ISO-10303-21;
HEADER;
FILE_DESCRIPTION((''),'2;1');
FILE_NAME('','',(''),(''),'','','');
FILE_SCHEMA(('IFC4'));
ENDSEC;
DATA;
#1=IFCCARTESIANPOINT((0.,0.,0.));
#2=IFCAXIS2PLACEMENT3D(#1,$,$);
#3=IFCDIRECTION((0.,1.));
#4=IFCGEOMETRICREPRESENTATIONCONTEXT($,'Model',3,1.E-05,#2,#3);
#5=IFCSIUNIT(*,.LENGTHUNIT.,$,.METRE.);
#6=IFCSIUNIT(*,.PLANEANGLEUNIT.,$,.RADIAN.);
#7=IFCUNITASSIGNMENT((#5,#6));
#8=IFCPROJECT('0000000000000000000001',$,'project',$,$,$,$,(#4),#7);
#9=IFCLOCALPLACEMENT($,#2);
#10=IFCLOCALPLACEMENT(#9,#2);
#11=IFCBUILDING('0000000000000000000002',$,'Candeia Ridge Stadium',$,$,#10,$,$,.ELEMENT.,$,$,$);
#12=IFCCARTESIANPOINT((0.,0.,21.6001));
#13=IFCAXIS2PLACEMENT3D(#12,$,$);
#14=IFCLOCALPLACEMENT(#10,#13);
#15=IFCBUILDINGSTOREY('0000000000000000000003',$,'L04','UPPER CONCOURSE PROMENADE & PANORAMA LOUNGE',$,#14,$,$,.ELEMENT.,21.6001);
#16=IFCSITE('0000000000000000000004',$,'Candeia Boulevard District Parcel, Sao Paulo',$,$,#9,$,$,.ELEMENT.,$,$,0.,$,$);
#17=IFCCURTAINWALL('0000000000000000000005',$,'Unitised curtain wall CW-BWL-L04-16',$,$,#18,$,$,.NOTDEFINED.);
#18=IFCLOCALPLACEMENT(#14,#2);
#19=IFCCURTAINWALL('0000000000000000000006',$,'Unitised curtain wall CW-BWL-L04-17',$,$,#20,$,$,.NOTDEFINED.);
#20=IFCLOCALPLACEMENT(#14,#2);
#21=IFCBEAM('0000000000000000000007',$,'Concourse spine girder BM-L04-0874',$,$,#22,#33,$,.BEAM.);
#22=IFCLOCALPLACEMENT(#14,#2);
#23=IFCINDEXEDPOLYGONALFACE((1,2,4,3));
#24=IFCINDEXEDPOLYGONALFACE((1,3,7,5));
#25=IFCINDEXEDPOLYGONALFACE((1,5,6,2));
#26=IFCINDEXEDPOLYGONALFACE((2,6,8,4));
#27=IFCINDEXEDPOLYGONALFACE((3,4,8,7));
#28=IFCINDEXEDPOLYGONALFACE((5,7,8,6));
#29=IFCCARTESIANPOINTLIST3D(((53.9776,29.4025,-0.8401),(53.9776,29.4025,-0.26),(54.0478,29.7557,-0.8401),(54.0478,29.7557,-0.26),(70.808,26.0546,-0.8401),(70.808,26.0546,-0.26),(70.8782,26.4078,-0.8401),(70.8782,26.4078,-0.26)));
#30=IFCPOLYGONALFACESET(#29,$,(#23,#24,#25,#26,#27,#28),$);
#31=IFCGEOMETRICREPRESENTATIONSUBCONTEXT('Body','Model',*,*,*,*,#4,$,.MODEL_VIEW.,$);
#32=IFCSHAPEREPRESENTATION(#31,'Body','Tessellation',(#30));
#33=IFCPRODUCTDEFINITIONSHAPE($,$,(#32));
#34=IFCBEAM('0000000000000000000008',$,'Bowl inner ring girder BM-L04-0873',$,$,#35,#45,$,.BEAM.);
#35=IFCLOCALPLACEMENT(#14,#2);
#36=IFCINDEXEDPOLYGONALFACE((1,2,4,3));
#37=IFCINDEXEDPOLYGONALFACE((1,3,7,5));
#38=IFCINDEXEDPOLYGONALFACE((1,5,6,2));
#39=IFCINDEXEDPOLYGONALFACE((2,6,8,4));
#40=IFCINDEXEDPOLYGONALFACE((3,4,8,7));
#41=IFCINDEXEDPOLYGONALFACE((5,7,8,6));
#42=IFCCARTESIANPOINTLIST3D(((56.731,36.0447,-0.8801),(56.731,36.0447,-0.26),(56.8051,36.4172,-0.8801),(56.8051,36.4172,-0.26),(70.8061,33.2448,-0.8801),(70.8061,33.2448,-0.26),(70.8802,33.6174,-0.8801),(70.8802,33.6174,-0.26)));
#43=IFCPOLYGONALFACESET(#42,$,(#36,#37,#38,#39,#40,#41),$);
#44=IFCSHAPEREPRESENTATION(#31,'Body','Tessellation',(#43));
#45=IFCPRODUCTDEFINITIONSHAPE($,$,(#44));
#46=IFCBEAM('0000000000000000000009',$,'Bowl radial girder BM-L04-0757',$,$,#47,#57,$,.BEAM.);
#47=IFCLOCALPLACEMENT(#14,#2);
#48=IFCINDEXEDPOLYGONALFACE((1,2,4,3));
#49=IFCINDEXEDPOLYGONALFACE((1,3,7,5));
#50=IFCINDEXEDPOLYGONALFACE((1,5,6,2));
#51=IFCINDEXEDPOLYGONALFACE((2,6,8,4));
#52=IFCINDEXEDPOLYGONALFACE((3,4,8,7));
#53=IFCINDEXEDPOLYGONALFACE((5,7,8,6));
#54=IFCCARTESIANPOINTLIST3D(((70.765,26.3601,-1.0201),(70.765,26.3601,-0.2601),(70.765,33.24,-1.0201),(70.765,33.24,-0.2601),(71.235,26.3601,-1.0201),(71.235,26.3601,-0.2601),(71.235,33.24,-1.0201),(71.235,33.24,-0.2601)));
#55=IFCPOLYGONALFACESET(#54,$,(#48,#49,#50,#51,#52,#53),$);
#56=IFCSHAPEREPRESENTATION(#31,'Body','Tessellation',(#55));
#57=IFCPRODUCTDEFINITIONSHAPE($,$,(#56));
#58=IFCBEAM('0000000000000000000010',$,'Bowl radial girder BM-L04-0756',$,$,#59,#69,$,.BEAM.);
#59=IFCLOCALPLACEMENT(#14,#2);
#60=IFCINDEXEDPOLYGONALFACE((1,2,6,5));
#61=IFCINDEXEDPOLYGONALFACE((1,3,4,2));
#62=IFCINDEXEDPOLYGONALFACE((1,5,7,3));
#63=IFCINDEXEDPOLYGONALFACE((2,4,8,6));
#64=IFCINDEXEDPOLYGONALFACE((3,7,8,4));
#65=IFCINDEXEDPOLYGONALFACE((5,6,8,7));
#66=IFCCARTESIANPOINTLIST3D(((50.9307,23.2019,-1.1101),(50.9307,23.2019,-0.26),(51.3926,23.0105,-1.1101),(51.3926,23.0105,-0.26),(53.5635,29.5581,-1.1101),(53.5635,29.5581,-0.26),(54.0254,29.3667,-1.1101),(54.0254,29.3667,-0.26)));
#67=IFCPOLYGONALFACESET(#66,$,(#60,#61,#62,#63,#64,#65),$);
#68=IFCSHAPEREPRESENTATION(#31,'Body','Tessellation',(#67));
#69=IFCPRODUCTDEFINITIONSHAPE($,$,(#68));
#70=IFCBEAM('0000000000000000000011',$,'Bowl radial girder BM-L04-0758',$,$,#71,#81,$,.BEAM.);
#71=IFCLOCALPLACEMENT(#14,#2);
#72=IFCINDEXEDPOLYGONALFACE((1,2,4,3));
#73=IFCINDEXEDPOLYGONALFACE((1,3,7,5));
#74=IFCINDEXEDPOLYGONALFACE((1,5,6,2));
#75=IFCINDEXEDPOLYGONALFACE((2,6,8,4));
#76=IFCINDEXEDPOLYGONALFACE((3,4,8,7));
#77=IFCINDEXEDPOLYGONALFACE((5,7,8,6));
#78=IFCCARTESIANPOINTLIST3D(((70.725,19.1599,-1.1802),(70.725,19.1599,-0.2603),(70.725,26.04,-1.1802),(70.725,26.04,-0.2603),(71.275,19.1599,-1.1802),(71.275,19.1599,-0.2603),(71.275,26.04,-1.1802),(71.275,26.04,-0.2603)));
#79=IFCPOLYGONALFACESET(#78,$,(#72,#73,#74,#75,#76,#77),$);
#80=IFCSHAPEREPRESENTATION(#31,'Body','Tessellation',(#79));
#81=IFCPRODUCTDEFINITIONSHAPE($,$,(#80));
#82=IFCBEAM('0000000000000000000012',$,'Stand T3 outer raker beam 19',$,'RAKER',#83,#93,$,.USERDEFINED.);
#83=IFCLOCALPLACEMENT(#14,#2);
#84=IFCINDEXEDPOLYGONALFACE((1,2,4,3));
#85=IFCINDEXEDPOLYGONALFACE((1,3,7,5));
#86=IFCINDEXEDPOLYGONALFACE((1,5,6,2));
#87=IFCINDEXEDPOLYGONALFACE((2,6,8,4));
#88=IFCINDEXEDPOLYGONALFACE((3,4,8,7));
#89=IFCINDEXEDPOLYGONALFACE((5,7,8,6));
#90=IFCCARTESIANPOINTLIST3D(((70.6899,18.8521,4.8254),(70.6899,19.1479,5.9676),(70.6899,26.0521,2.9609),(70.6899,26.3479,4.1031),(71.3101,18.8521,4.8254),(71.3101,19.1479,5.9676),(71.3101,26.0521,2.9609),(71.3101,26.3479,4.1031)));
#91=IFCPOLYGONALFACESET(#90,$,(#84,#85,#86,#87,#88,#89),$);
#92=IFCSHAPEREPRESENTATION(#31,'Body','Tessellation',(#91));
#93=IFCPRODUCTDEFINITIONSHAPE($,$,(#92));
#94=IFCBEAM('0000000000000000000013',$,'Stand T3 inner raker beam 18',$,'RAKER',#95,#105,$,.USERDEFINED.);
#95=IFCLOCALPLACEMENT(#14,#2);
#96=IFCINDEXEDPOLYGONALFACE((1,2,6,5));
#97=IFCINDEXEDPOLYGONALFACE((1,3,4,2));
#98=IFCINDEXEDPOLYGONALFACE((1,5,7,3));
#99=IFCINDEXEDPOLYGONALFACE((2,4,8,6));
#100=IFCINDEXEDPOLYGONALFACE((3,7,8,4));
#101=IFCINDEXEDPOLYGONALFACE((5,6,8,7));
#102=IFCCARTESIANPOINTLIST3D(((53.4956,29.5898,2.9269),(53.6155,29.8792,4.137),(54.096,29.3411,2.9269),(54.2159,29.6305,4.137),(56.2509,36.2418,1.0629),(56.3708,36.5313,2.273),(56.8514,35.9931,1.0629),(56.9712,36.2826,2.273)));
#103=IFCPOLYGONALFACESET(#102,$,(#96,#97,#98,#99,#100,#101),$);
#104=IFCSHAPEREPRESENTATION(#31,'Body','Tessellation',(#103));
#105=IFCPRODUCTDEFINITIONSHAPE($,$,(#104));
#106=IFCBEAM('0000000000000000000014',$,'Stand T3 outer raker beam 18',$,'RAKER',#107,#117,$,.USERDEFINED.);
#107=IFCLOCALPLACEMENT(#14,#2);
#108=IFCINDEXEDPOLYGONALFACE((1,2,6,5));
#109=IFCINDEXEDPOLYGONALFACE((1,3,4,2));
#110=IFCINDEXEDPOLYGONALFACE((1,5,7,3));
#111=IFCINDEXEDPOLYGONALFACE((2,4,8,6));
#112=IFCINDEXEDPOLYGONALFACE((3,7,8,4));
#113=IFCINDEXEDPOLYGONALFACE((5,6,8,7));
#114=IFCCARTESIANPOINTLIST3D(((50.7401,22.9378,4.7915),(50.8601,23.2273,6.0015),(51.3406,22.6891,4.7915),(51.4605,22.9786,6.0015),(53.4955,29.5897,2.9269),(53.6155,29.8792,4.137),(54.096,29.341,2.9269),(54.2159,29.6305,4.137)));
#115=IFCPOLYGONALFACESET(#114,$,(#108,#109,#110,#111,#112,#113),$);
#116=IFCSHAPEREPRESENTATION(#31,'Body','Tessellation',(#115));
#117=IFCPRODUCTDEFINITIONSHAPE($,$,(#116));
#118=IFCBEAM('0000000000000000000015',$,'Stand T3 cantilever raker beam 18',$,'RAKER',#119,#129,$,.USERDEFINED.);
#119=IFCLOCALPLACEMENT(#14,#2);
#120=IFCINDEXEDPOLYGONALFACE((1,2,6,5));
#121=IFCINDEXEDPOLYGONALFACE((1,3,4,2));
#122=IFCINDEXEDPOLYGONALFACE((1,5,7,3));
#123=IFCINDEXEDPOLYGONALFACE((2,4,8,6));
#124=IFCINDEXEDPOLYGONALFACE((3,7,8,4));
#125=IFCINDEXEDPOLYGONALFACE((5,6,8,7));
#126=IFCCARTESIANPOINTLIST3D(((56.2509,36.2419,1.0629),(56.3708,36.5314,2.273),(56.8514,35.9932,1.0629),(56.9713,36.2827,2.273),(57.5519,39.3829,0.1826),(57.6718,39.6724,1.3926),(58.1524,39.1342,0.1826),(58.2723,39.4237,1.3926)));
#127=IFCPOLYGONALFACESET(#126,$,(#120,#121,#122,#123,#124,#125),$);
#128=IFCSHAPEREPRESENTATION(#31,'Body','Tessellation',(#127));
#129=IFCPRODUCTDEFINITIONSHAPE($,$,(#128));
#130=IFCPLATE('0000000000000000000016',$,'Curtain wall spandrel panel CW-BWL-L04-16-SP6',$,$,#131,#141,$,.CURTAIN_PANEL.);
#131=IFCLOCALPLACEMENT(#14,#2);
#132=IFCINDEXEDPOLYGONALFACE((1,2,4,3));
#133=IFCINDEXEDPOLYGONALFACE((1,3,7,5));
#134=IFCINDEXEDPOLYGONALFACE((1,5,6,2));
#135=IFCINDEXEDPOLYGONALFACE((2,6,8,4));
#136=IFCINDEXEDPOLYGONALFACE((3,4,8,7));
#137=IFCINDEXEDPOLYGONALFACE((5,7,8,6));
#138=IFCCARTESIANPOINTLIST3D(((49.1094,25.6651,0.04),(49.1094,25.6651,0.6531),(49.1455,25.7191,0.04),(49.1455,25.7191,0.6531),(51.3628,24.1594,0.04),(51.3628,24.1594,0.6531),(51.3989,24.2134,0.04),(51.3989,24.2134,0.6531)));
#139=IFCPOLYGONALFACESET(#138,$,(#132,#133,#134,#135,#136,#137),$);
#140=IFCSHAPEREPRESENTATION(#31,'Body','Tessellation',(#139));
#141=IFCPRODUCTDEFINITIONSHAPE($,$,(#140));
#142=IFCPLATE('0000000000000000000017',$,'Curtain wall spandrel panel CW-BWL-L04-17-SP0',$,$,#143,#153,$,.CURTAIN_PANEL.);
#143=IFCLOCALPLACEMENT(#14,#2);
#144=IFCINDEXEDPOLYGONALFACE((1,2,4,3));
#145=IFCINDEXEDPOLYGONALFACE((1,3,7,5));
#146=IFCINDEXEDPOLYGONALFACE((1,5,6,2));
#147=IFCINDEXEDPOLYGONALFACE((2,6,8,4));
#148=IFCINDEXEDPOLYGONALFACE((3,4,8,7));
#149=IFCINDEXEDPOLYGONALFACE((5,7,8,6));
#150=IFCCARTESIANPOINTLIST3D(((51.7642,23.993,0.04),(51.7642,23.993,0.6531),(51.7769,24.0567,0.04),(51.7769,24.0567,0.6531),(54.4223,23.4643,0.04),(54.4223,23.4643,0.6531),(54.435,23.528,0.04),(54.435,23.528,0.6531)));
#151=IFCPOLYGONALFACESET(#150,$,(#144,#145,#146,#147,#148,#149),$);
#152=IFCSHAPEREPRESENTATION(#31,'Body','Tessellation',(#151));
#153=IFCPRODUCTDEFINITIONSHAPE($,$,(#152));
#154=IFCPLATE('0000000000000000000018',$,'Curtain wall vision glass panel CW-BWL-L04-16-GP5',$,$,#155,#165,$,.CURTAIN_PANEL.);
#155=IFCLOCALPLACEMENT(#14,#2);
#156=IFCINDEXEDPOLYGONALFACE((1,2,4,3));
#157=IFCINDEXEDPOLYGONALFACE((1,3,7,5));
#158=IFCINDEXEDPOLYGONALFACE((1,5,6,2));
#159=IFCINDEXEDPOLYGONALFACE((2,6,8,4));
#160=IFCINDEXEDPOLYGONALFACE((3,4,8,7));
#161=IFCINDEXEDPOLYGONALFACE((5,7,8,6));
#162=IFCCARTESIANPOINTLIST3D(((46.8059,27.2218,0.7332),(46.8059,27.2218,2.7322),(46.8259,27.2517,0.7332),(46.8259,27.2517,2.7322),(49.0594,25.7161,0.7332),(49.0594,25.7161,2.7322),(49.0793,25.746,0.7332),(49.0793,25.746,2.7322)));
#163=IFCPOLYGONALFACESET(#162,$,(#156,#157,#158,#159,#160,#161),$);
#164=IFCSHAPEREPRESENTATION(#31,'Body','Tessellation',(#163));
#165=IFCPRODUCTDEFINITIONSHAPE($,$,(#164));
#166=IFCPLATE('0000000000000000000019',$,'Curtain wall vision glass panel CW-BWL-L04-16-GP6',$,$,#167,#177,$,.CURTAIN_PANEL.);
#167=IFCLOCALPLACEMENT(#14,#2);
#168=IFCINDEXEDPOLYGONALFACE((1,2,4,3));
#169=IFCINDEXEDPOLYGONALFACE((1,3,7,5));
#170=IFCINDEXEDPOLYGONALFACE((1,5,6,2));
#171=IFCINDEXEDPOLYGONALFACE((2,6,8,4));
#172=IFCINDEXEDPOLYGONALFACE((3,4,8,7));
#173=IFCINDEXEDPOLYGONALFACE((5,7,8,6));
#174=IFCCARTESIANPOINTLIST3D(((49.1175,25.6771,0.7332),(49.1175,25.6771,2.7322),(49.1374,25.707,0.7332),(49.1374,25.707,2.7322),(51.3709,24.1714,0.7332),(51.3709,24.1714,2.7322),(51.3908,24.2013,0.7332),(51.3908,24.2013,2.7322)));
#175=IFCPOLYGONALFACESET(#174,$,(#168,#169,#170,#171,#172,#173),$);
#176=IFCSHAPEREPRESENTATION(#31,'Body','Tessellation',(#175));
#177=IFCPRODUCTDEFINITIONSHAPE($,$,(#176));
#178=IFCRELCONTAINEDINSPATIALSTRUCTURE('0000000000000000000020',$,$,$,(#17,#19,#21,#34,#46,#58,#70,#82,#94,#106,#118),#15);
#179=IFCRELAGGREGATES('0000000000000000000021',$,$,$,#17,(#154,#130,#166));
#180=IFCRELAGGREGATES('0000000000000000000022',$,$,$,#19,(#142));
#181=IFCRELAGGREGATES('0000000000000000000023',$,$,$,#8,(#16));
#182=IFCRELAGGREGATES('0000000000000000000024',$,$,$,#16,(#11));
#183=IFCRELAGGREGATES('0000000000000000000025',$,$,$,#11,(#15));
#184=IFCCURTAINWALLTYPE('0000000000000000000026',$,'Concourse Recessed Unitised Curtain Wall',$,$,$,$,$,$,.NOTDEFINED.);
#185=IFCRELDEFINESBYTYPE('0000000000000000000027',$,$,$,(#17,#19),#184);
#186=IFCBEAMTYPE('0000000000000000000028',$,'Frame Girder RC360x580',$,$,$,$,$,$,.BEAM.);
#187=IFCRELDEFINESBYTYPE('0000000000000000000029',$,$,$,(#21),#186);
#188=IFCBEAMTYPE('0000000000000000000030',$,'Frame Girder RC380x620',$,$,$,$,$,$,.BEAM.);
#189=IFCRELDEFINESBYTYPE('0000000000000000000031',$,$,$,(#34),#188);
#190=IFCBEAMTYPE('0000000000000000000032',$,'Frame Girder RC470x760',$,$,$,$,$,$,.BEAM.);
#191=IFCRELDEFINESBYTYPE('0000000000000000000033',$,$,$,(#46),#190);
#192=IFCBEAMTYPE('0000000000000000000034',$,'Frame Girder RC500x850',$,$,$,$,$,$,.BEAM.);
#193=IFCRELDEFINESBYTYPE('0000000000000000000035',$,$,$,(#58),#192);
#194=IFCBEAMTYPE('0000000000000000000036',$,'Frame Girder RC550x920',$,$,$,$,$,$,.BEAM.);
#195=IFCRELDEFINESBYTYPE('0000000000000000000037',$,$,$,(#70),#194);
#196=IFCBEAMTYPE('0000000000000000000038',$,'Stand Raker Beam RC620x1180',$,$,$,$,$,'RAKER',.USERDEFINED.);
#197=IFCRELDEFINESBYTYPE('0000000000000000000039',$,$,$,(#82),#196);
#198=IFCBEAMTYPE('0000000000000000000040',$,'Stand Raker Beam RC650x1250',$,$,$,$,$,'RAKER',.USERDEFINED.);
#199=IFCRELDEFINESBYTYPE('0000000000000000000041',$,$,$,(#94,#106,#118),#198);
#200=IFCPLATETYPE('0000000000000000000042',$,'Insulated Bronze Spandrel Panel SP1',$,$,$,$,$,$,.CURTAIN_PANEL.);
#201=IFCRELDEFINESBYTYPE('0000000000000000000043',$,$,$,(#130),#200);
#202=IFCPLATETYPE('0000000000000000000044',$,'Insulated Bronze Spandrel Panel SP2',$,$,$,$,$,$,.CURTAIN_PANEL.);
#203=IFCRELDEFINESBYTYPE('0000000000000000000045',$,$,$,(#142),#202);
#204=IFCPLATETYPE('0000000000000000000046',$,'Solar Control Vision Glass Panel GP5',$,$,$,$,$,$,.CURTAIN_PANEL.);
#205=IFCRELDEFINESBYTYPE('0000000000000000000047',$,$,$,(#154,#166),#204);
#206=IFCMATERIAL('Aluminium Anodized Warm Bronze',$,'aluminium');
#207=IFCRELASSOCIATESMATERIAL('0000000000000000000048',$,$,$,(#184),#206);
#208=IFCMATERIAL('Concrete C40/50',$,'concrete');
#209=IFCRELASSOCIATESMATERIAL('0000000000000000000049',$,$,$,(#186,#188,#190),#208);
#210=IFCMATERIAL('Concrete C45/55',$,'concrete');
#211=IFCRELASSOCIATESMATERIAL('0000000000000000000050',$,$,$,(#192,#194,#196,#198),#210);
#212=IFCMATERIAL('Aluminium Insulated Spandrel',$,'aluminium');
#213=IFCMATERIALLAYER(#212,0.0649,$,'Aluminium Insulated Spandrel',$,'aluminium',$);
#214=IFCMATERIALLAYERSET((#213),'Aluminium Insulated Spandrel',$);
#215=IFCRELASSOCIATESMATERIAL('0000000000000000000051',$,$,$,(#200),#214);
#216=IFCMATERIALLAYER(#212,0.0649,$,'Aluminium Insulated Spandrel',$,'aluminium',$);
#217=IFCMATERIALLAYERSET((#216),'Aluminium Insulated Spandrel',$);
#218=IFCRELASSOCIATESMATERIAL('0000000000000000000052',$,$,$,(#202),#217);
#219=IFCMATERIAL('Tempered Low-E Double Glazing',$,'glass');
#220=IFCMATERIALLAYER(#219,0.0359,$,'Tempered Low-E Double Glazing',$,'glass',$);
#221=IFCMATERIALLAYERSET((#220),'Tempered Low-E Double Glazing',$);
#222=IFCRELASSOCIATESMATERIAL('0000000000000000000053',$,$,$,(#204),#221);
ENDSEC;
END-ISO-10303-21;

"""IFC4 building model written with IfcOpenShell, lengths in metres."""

from ifc_helpers import new_model, si_unit, direction, frame, origin, origin_2d, place, context, subcontext, project, spatial, rectangle, extrude, material, layer, layer_set, material_profile, profile_set, type_object, element, aggregate, save


model = new_model("IFC4")

# Units and contexts
model_context = context("Model", 3, precision=1e-05, world=origin(), true_north=direction((0.0, 1.0)))
body_context = subcontext(model_context, "Body", "Model", "MODEL_VIEW")
ifc_project = project(units=[si_unit("LENGTHUNIT", "METRE"), si_unit("PLANEANGLEUNIT", "RADIAN")], contexts=[model_context])

# Site, building, storey
site_placement = place(None, origin())
site = spatial("IfcSite", under=ifc_project, at=site_placement, Name="Candeia Boulevard District Parcel, Sao Paulo", CompositionType="ELEMENT", RefElevation=0.0)
building_placement = place(site_placement, origin())
building = spatial("IfcBuilding", under=site, at=building_placement, Name="Candeia Ridge Stadium", CompositionType="ELEMENT")
storey_placement = place(building_placement, frame((0.0, 0.0, 21.6001)))
storey = spatial("IfcBuildingStorey", under=building, at=storey_placement, Name="L04", Description="UPPER CONCOURSE PROMENADE & PANORAMA LOUNGE", CompositionType="ELEMENT", Elevation=21.6001)

# Shared definitions
ifc_material_1 = material(Name="Concrete C45/55", Category="concrete")

# Curtain walls
ifc_material_2 = material(Name="Aluminium Anodized Warm Bronze", Category="aluminium")
curtain_wall_type = type_object("IfcCurtainWallType", Name="Concourse Recessed Unitised Curtain Wall", PredefinedType="NOTDEFINED", material=ifc_material_2)
curtain_wall_1_placement = place(storey_placement, origin())
curtain_wall_1 = element("IfcCurtainWall", 1, at=curtain_wall_1_placement, inside=storey, type_object=curtain_wall_type, Name="Unitised curtain wall CW-BWL-L04-16", PredefinedType="NOTDEFINED")
curtain_wall_2_placement = place(storey_placement, origin())
curtain_wall_2 = element("IfcCurtainWall", 2, at=curtain_wall_2_placement, inside=storey, type_object=curtain_wall_type, Name="Unitised curtain wall CW-BWL-L04-17", PredefinedType="NOTDEFINED")

# Beams
ifc_material_3 = material(Name="Concrete C40/50", Category="concrete")
ifc_material_profile_1 = material_profile(ifc_material_3, rectangle(XDim=0.3601, YDim=0.5801, at=origin_2d()), Name="RC360x580", Category="concrete")
ifc_profile_set_1 = profile_set([ifc_material_profile_1], Name="Concrete C40/50")
beam_type_1 = type_object("IfcBeamType", Name="Frame Girder RC360x580", PredefinedType="BEAM", material=ifc_profile_set_1)
beam_1_placement = place(storey_placement, frame((54.0127, 29.5791, -0.55), z_axis=(0.980784, -0.195098, 0.0), x_axis=(0.195098, 0.980784, 0.0)))
element("IfcBeam", 3, at=beam_1_placement, inside=storey, type_object=beam_type_1, Name="Concourse spine girder BM-L04-0874", PredefinedType="BEAM", context=body_context, shape_type="SweptSolid", body=[
    extrude(rectangle(XDim=0.3601, YDim=0.5801, at=origin_2d()), origin(), (0.0, 0.0, 1.0), 17.1602),
])
ifc_material_profile_2 = material_profile(ifc_material_3, rectangle(XDim=0.3799, YDim=0.6201, at=origin_2d()), Name="RC380x620", Category="concrete")
ifc_profile_set_2 = profile_set([ifc_material_profile_2], Name="Concrete C40/50")
beam_type_2 = type_object("IfcBeamType", Name="Frame Girder RC380x620", PredefinedType="BEAM", material=ifc_profile_set_2)
beam_2_placement = place(storey_placement, frame((56.7681, 36.231, -0.5701), z_axis=(0.980784, -0.195099, 0.0), x_axis=(0.195099, 0.980784, 0.0)))
element("IfcBeam", 4, at=beam_2_placement, inside=storey, type_object=beam_type_2, Name="Bowl inner ring girder BM-L04-0873", PredefinedType="BEAM", context=body_context, shape_type="SweptSolid", body=[
    extrude(rectangle(XDim=0.3799, YDim=0.6201, at=origin_2d()), origin(), (0.0, 0.0, 1.0), 14.3508),
])
ifc_material_profile_3 = material_profile(ifc_material_3, rectangle(XDim=0.47, YDim=0.76, at=origin_2d()), Name="RC470x760", Category="concrete")
ifc_profile_set_3 = profile_set([ifc_material_profile_3], Name="Concrete C40/50")
beam_type_3 = type_object("IfcBeamType", Name="Frame Girder RC470x760", PredefinedType="BEAM", material=ifc_profile_set_3)
beam_3_placement = place(storey_placement, frame((71.0, 33.24, -0.6401), z_axis=(0.0, -1.0, 0.0), x_axis=(1.0, 0.0, 0.0)))
element("IfcBeam", 5, at=beam_3_placement, inside=storey, type_object=beam_type_3, Name="Bowl radial girder BM-L04-0757", PredefinedType="BEAM", context=body_context, shape_type="SweptSolid", body=[
    extrude(rectangle(XDim=0.47, YDim=0.76, at=origin_2d()), origin(), (0.0, 0.0, 1.0), 6.8799),
])
ifc_material_profile_4 = material_profile(ifc_material_1, rectangle(XDim=0.5, YDim=0.8501, at=origin_2d()), Name="RC500x850", Category="concrete")
ifc_profile_set_4 = profile_set([ifc_material_profile_4], Name="Concrete C45/55")
beam_type_4 = type_object("IfcBeamType", Name="Frame Girder RC500x850", PredefinedType="BEAM", material=ifc_profile_set_4)
beam_4_placement = place(storey_placement, frame((53.7944, 29.4624, -0.6851), z_axis=(-0.382682, -0.92388, 0.0), x_axis=(0.92388, -0.382682, 0.0)))
element("IfcBeam", 6, at=beam_4_placement, inside=storey, type_object=beam_type_4, Name="Bowl radial girder BM-L04-0756", PredefinedType="BEAM", context=body_context, shape_type="SweptSolid", body=[
    extrude(rectangle(XDim=0.5, YDim=0.8501, at=origin_2d()), origin(), (0.0, 0.0, 1.0), 6.8799),
])
ifc_material_profile_5 = material_profile(ifc_material_1, rectangle(XDim=0.55, YDim=0.9199, at=origin_2d()), Name="RC550x920", Category="concrete")
ifc_profile_set_5 = profile_set([ifc_material_profile_5], Name="Concrete C45/55")
beam_type_5 = type_object("IfcBeamType", Name="Frame Girder RC550x920", PredefinedType="BEAM", material=ifc_profile_set_5)
beam_5_placement = place(storey_placement, frame((71.0, 26.04, -0.7202), z_axis=(0.0, -1.0, 0.0), x_axis=(1.0, 0.0, 0.0)))
element("IfcBeam", 7, at=beam_5_placement, inside=storey, type_object=beam_type_5, Name="Bowl radial girder BM-L04-0758", PredefinedType="BEAM", context=body_context, shape_type="SweptSolid", body=[
    extrude(rectangle(XDim=0.55, YDim=0.9199, at=origin_2d()), origin(), (0.0, 0.0, 1.0), 6.8801),
])
ifc_material_profile_6 = material_profile(ifc_material_1, rectangle(XDim=0.6201, YDim=1.1799, at=origin_2d()), Name="RC620x1180", Category="concrete")
ifc_profile_set_6 = profile_set([ifc_material_profile_6], Name="Concrete C45/55")
beam_type_6 = type_object("IfcBeamType", Name="Stand Raker Beam RC620x1180", ElementType="RAKER", PredefinedType="USERDEFINED", material=ifc_profile_set_6)
beam_6_placement = place(storey_placement, frame((71.0, 26.2, 3.532), z_axis=(0.0, -0.968067, 0.250691), x_axis=(1.0, 0.0, 0.0)))
element("IfcBeam", 8, at=beam_6_placement, inside=storey, type_object=beam_type_6, Name="Stand T3 outer raker beam 19", ObjectType="RAKER", PredefinedType="USERDEFINED", context=body_context, shape_type="SweptSolid", body=[
    extrude(rectangle(XDim=0.6201, YDim=1.1799, at=origin_2d()), origin(), (0.0, 0.0, 1.0), 7.4375),
])
ifc_material_profile_7 = material_profile(ifc_material_1, rectangle(XDim=0.6499, YDim=1.25, at=origin_2d()), Name="RC650x1250", Category="concrete")
ifc_profile_set_7 = profile_set([ifc_material_profile_7], Name="Concrete C45/55")
beam_type_7 = type_object("IfcBeamType", Name="Stand Raker Beam RC650x1250", ElementType="RAKER", PredefinedType="USERDEFINED", material=ifc_profile_set_7)
for number, where, z_axis, x_axis, name in (
    (9, (56.6111, 36.2622, 1.668), (-0.370468, -0.894395, 0.250622), (0.92388, -0.382681, 0.0), "Stand T3 inner raker beam 18"),
    (10, (53.8557, 29.6101, 3.532), (-0.370473, -0.894373, 0.250691), (0.923875, -0.382693, 0.0), "Stand T3 outer raker beam 18"),
):
    element("IfcBeam", number, at=place(storey_placement, frame(where, z_axis=z_axis, x_axis=x_axis)), inside=storey, type_object=beam_type_7, Name=name, ObjectType="RAKER", PredefinedType="USERDEFINED", context=body_context, shape_type="SweptSolid", body=[
        extrude(rectangle(XDim=0.6499, YDim=1.25, at=origin_2d()), origin(), (0.0, 0.0, 1.0), 7.4375),
    ])
beam_7_placement = place(storey_placement, frame((57.9121, 39.4033, 0.7876), z_axis=(-0.370449, -0.894388, 0.250673), x_axis=(0.923886, -0.382667, 0.0)))
element("IfcBeam", 11, at=beam_7_placement, inside=storey, type_object=beam_type_7, Name="Stand T3 cantilever raker beam 18", ObjectType="RAKER", PredefinedType="USERDEFINED", context=body_context, shape_type="SweptSolid", body=[
    extrude(rectangle(XDim=0.6499, YDim=1.25, at=origin_2d()), origin(), (0.0, 0.0, 1.0), 3.512),
])

# Plates
ifc_material_4 = material(Name="Aluminium Insulated Spandrel", Category="aluminium")
ifc_layer_1 = layer(ifc_material_4, 0.0649, Name="Aluminium Insulated Spandrel", Category="aluminium")
ifc_layer_set_1 = layer_set([ifc_layer_1], Name="Aluminium Insulated Spandrel")
plate_type_1 = type_object("IfcPlateType", Name="Insulated Bronze Spandrel Panel SP1", PredefinedType="CURTAIN_PANEL", material=ifc_layer_set_1)
plate_1_placement = place(storey_placement, frame((50.2542, 24.9392, 0.04), z_axis=(0.0, 0.0, 1.0), x_axis=(0.831469, -0.555571, 0.0)))
plate_1 = element("IfcPlate", 12, at=plate_1_placement, type_object=plate_type_1, Name="Curtain wall spandrel panel CW-BWL-L04-16-SP6", PredefinedType="CURTAIN_PANEL", context=body_context, shape_type="SweptSolid", body=[
    extrude(rectangle(XDim=2.7102, YDim=0.0649, at=origin_2d()), origin(), (0.0, 0.0, 1.0), 0.613),
])
ifc_layer_2 = layer(ifc_material_4, 0.0649, Name="Aluminium Insulated Spandrel", Category="aluminium")
ifc_layer_set_2 = layer_set([ifc_layer_2], Name="Aluminium Insulated Spandrel")
plate_type_2 = type_object("IfcPlateType", Name="Insulated Bronze Spandrel Panel SP2", PredefinedType="CURTAIN_PANEL", material=ifc_layer_set_2)
plate_2_placement = place(storey_placement, frame((53.0996, 23.7605, 0.04), z_axis=(0.0, 0.0, 1.0), x_axis=(0.980785, -0.19509, 0.0)))
plate_2 = element("IfcPlate", 13, at=plate_2_placement, type_object=plate_type_2, Name="Curtain wall spandrel panel CW-BWL-L04-17-SP0", PredefinedType="CURTAIN_PANEL", context=body_context, shape_type="SweptSolid", body=[
    extrude(rectangle(XDim=2.7102, YDim=0.0649, at=origin_2d()), origin(), (0.0, 0.0, 1.0), 0.613),
])
ifc_material_5 = material(Name="Tempered Low-E Double Glazing", Category="glass")
ifc_layer_3 = layer(ifc_material_5, 0.0359, Name="Tempered Low-E Double Glazing", Category="glass")
ifc_layer_set_3 = layer_set([ifc_layer_3], Name="Tempered Low-E Double Glazing")
plate_type_3 = type_object("IfcPlateType", Name="Solar Control Vision Glass Panel GP5", PredefinedType="CURTAIN_PANEL", material=ifc_layer_set_3)
plate_3_placement = place(storey_placement, frame((47.9426, 26.4839, 0.7332), z_axis=(0.0, 0.0, 1.0), x_axis=(0.831469, -0.555571, 0.0)))
plate_3 = element("IfcPlate", 14, at=plate_3_placement, type_object=plate_type_3, Name="Curtain wall vision glass panel CW-BWL-L04-16-GP5", PredefinedType="CURTAIN_PANEL", context=body_context, shape_type="SweptSolid", body=[
    extrude(rectangle(XDim=2.7102, YDim=0.0359, at=origin_2d()), origin(), (0.0, 0.0, 1.0), 1.999),
])
plate_4_placement = place(storey_placement, frame((50.2542, 24.9392, 0.7332), z_axis=(0.0, 0.0, 1.0), x_axis=(0.831469, -0.555571, 0.0)))
plate_4 = element("IfcPlate", 15, at=plate_4_placement, type_object=plate_type_3, Name="Curtain wall vision glass panel CW-BWL-L04-16-GP6", PredefinedType="CURTAIN_PANEL", context=body_context, shape_type="SweptSolid", body=[
    extrude(rectangle(XDim=2.7102, YDim=0.0359, at=origin_2d()), origin(), (0.0, 0.0, 1.0), 1.999),
])
aggregate(curtain_wall_1, [plate_3, plate_1, plate_4])
aggregate(curtain_wall_2, [plate_2])

save(model, "model.ifc")
